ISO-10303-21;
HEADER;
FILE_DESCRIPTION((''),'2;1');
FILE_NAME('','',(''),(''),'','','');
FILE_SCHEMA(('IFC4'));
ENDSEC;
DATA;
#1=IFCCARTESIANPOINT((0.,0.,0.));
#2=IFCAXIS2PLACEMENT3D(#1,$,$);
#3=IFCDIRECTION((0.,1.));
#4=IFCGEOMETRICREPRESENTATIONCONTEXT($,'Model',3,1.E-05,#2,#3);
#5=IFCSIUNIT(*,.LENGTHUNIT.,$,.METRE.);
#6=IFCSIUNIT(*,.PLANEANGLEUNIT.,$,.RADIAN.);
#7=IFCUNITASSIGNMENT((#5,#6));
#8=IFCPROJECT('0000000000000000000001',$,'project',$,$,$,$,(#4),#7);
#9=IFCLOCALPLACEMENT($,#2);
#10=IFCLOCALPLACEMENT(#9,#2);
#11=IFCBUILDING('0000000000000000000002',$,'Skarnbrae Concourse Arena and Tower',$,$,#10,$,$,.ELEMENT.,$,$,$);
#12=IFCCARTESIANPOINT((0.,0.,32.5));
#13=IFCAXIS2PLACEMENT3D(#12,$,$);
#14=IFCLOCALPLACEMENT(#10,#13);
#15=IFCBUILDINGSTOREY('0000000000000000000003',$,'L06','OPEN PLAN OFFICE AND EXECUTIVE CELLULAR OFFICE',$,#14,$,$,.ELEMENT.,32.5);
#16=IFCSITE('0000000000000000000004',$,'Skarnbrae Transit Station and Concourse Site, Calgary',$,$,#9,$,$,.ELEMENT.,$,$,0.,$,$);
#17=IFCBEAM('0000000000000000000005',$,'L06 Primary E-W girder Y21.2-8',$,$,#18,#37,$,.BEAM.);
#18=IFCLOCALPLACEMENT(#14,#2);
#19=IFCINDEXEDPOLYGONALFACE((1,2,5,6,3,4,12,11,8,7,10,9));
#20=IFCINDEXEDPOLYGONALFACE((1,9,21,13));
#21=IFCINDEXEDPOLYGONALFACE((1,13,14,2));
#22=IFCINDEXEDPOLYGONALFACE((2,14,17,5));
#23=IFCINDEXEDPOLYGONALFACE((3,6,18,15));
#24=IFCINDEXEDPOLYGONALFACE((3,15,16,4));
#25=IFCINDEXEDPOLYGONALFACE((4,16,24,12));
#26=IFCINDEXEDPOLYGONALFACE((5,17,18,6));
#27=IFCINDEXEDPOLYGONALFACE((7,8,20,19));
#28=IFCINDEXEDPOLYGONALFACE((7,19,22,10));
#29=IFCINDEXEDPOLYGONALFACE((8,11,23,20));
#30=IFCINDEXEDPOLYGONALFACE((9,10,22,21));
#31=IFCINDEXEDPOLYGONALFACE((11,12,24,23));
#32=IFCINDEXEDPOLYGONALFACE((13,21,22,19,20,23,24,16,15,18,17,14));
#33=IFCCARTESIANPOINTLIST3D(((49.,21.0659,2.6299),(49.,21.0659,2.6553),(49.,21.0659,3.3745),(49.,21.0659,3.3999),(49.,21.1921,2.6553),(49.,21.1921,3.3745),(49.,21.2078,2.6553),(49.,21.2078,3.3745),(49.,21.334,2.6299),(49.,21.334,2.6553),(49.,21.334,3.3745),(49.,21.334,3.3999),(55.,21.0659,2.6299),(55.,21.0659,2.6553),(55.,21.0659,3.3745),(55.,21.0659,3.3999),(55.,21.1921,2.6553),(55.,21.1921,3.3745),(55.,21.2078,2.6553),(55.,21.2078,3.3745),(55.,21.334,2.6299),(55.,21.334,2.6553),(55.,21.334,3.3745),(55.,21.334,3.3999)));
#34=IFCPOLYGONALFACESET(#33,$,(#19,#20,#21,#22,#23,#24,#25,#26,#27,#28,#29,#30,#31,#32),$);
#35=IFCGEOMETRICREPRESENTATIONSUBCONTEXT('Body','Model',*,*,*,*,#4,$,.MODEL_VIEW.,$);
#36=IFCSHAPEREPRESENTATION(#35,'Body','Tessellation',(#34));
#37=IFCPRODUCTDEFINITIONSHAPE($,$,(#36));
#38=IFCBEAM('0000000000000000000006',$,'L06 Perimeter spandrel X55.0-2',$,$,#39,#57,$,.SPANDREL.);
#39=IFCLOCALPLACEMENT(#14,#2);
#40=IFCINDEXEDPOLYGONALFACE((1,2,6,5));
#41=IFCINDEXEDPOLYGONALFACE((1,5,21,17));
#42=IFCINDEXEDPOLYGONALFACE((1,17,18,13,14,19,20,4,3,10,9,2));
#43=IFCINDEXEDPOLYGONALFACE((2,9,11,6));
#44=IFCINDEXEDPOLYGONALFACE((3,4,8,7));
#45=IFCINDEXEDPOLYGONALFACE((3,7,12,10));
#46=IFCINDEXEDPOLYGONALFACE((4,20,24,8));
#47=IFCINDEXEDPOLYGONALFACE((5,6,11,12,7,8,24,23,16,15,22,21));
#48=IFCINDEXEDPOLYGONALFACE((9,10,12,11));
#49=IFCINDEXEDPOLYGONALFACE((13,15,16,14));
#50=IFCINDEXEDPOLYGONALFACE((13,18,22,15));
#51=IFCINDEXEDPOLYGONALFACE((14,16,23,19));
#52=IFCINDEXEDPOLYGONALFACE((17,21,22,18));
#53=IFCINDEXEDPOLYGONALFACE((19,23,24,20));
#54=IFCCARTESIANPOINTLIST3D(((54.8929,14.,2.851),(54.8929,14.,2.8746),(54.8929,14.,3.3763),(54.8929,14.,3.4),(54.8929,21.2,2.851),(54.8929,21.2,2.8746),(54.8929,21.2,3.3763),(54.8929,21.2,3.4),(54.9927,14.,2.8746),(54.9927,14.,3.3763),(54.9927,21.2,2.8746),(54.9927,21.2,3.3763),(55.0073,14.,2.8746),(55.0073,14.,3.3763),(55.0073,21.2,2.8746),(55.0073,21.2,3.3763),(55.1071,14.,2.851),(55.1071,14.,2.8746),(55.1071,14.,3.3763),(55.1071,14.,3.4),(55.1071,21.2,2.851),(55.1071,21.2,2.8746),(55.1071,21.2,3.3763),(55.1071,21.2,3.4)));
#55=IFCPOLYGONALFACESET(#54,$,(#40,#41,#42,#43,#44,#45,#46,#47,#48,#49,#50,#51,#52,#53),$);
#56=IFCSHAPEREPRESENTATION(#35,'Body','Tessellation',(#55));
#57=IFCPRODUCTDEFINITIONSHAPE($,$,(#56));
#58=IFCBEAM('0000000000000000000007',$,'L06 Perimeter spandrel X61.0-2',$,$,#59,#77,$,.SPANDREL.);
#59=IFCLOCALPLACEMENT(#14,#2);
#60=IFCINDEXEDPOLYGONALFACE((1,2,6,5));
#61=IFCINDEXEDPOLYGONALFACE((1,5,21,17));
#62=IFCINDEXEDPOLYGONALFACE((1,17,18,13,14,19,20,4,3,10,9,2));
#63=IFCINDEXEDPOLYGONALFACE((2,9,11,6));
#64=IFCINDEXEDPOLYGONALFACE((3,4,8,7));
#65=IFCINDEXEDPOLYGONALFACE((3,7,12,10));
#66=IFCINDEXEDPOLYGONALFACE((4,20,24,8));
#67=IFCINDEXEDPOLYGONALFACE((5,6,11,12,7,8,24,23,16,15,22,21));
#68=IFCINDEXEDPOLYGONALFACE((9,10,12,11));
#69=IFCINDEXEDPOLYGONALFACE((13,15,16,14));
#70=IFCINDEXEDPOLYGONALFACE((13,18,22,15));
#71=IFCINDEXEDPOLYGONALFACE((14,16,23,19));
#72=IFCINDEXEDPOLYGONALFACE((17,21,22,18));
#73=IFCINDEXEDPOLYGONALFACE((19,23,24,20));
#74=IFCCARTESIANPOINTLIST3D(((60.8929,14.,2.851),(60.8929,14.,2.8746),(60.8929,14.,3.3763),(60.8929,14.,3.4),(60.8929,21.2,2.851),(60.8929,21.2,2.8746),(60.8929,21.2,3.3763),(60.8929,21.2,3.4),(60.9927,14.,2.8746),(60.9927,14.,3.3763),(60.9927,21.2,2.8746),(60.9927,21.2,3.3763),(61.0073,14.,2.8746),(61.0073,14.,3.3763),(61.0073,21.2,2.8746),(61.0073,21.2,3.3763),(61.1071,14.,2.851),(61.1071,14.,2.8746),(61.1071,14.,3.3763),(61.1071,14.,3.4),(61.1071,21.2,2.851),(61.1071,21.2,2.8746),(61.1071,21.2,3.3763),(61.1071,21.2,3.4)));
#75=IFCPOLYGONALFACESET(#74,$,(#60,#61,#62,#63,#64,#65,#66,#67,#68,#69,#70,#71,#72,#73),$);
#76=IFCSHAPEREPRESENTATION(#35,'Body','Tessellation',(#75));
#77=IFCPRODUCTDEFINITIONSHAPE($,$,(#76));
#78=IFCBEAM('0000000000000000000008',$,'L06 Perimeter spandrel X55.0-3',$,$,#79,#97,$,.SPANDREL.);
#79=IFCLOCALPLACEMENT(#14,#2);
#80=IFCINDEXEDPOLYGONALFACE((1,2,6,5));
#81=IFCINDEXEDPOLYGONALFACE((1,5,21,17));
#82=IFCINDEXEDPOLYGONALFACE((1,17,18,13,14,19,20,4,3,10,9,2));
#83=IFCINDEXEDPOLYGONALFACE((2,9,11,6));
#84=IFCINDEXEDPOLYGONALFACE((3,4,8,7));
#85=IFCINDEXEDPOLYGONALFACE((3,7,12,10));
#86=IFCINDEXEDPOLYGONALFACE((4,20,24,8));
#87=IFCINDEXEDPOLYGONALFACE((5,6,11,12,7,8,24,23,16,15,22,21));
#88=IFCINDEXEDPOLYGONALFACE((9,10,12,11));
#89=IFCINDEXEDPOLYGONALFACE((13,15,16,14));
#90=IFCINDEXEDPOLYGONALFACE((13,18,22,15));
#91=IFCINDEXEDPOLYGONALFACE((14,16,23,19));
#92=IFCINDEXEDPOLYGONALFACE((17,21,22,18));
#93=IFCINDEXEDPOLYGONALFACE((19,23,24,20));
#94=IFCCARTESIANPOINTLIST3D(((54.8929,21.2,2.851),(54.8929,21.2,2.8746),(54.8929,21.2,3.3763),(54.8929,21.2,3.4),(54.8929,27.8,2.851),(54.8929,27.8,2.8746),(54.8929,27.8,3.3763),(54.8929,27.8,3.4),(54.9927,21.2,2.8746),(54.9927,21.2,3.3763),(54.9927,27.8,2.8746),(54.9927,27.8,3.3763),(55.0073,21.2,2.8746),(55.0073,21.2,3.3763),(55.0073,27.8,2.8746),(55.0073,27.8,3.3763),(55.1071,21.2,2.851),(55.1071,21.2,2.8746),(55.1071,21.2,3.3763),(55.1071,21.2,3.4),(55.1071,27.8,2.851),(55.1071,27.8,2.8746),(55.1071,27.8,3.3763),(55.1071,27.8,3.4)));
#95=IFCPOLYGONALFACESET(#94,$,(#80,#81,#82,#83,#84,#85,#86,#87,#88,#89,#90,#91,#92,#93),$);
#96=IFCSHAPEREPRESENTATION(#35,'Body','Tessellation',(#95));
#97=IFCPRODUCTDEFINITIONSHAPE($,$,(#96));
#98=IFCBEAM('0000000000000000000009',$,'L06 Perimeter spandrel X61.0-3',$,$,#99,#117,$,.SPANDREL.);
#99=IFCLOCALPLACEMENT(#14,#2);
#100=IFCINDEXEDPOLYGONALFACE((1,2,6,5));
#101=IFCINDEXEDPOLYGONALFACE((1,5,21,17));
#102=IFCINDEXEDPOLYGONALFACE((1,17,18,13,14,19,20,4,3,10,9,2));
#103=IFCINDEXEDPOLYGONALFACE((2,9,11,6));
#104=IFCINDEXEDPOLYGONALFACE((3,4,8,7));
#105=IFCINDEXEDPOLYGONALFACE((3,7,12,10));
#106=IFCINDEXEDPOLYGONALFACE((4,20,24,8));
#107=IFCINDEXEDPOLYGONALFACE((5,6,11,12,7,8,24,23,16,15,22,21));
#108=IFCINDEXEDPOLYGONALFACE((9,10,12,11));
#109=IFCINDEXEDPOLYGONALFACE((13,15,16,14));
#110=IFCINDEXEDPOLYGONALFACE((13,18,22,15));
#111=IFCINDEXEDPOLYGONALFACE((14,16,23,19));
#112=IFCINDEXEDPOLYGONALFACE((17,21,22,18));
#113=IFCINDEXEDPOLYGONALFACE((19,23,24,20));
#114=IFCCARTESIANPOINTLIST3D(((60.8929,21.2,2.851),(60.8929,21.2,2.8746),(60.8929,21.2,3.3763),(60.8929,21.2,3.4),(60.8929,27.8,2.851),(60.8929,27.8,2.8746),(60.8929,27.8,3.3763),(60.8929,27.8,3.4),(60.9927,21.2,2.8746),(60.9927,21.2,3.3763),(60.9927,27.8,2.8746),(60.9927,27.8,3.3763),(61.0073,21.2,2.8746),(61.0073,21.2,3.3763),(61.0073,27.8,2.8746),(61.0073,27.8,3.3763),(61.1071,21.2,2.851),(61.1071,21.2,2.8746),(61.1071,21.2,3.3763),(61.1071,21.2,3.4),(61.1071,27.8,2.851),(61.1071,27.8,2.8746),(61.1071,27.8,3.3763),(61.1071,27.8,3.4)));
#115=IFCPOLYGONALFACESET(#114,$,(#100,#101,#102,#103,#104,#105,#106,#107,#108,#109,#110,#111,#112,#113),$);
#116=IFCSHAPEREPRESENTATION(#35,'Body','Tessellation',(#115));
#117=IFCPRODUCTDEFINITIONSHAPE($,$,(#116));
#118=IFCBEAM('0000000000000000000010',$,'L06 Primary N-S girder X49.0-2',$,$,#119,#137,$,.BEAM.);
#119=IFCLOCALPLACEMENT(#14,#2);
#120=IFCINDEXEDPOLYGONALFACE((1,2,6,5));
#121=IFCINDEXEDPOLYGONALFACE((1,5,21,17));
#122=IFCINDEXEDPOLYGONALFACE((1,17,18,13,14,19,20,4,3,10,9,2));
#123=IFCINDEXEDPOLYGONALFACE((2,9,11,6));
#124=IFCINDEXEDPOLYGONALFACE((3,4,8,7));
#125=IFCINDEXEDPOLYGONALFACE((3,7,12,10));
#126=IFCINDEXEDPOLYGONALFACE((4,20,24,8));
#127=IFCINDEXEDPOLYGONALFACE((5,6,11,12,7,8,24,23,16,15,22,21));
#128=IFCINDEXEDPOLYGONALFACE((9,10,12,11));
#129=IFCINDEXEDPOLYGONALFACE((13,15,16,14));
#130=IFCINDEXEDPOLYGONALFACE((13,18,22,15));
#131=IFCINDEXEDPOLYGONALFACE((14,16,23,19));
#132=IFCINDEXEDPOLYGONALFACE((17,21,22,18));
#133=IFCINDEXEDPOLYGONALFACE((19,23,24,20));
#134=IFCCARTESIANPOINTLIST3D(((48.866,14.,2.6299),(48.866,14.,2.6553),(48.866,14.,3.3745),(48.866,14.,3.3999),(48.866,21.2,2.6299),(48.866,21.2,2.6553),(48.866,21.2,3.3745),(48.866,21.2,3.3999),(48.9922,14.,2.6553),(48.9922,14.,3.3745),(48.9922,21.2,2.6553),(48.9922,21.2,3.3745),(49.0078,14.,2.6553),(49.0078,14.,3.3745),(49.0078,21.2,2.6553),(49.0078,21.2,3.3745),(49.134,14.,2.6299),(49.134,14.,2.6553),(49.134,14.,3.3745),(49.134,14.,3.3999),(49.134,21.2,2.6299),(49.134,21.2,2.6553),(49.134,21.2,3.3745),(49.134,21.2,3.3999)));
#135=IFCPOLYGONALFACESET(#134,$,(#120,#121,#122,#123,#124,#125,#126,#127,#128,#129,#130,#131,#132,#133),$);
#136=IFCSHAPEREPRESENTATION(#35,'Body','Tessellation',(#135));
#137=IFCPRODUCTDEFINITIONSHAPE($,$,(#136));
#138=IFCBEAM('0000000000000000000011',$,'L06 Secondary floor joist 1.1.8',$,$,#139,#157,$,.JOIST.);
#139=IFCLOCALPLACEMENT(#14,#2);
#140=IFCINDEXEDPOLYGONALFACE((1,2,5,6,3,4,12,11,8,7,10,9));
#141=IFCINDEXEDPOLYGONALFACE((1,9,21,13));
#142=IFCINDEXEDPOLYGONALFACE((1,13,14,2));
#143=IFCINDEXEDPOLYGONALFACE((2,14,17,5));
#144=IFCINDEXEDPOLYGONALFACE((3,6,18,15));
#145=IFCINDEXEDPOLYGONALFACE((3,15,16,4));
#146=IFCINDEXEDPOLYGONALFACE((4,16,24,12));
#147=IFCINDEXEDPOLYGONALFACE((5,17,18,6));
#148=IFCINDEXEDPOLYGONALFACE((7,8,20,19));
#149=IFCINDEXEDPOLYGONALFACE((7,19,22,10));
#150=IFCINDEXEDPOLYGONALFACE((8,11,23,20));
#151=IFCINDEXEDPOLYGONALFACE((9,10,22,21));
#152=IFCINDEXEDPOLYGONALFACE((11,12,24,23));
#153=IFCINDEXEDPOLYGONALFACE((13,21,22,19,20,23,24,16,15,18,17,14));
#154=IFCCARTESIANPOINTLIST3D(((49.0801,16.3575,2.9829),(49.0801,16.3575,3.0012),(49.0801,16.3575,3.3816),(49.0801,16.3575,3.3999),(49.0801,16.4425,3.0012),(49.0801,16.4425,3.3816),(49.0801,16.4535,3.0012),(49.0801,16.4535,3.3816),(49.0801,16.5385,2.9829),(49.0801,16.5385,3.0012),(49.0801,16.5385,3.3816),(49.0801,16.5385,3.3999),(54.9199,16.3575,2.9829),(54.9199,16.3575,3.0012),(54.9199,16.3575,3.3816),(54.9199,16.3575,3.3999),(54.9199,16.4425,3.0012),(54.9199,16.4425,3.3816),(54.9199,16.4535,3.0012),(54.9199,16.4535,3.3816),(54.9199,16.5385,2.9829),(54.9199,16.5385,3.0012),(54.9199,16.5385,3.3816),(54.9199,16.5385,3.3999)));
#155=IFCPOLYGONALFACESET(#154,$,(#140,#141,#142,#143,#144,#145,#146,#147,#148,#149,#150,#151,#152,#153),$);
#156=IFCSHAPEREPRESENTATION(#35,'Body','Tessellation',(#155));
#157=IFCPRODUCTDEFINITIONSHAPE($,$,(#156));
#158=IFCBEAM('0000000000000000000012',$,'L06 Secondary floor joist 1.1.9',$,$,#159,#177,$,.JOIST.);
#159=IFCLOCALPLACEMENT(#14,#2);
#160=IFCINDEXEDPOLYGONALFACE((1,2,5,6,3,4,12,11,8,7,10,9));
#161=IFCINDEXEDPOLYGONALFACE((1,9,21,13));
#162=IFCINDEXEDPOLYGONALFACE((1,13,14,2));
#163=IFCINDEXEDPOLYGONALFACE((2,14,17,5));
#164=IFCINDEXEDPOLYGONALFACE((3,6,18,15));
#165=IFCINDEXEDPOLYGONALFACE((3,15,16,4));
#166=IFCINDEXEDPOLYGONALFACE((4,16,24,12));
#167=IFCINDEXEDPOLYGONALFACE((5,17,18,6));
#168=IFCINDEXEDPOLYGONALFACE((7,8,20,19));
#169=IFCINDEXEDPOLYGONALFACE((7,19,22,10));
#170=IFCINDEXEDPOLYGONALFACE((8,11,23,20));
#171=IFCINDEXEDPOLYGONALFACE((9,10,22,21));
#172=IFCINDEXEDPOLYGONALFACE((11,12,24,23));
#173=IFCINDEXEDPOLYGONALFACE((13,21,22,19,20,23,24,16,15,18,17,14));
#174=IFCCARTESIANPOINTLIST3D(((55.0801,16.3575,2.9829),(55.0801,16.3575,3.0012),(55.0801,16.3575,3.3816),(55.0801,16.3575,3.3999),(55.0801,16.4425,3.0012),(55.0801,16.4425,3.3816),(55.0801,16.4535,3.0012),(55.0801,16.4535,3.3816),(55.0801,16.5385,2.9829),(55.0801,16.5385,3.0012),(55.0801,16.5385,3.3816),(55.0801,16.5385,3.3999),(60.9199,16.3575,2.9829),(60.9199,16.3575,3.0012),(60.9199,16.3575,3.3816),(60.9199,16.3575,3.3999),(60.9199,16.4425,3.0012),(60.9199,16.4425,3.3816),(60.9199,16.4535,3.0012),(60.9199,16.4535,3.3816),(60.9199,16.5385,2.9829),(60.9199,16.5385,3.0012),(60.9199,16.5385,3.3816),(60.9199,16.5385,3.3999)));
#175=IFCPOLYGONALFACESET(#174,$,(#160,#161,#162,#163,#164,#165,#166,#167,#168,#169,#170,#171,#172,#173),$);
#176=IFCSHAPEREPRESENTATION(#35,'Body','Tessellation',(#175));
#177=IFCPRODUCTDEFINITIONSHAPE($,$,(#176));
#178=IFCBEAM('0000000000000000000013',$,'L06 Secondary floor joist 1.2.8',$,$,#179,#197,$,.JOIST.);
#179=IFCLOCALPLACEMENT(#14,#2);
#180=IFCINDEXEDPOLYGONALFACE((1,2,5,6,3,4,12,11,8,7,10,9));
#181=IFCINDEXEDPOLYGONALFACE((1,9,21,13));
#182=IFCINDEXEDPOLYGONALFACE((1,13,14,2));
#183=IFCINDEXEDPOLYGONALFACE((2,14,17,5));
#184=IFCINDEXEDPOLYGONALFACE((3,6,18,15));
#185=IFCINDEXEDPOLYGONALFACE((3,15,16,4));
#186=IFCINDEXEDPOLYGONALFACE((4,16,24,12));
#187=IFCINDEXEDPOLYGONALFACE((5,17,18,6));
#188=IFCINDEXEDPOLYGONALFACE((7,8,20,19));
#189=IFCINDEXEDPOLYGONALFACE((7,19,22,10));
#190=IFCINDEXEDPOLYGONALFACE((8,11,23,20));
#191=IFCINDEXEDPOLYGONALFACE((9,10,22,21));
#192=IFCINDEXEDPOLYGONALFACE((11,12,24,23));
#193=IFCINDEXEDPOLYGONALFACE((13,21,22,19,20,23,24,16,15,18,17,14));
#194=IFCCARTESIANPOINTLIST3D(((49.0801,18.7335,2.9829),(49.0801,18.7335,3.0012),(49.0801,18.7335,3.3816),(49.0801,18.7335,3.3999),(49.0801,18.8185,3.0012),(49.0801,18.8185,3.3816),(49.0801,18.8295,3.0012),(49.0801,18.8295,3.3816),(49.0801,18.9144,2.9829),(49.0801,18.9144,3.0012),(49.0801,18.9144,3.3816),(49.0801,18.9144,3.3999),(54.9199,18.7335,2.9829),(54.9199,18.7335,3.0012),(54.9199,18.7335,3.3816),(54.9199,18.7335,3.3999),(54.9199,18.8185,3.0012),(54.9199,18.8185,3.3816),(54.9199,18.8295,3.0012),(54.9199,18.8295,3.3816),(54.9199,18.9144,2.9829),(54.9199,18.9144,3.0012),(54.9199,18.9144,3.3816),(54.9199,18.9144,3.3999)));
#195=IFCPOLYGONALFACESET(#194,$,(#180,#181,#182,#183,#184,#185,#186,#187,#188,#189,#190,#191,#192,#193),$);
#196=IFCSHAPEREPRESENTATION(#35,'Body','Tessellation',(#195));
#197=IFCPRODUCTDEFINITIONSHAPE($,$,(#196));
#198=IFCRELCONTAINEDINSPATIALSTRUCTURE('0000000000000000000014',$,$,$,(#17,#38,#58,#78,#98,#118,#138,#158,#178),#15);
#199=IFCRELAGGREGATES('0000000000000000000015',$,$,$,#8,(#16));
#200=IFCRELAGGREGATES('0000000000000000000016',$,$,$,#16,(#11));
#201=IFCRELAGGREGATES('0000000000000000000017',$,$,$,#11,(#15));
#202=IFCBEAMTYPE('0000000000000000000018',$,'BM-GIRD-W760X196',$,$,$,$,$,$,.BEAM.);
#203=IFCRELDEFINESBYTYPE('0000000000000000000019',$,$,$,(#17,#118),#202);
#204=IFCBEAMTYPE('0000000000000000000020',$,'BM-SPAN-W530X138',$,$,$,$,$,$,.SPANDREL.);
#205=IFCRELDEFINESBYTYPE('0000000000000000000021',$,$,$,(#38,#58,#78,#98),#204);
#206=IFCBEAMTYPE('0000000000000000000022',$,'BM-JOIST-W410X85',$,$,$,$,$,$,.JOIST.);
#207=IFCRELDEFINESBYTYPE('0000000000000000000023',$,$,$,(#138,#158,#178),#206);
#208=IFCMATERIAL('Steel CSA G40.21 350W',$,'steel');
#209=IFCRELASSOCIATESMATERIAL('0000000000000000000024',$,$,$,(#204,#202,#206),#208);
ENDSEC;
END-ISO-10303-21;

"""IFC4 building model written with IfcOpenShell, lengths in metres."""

from ifc_helpers import new_model, si_unit, direction, frame, origin, origin_2d, place, context, subcontext, project, spatial, i_section, extrude, source, transform, mapped, material, material_profile, profile_set, type_object, element, save


model = new_model("IFC4")

# Units and contexts
model_context = context("Model", 3, precision=1e-05, world=origin(), true_north=direction((0.0, 1.0)))
body_context = subcontext(model_context, "Body", "Model", "MODEL_VIEW")
ifc_project = project(units=[si_unit("LENGTHUNIT", "METRE"), si_unit("PLANEANGLEUNIT", "RADIAN")], contexts=[model_context])

# Site, building, storey
site_placement = place(None, origin())
site = spatial("IfcSite", under=ifc_project, at=site_placement, Name="Skarnbrae Transit Station and Concourse Site, Calgary", CompositionType="ELEMENT", RefElevation=0.0)
building_placement = place(site_placement, origin())
building = spatial("IfcBuilding", under=site, at=building_placement, Name="Skarnbrae Concourse Arena and Tower", CompositionType="ELEMENT")
storey_placement = place(building_placement, frame((0.0, 0.0, 32.5)))
storey = spatial("IfcBuildingStorey", under=building, at=storey_placement, Name="L06", Description="OPEN PLAN OFFICE AND EXECUTIVE CELLULAR OFFICE", CompositionType="ELEMENT", Elevation=32.5)

# Shared definitions
ifc_material_1 = material(Name="Steel CSA G40.21 350W", Category="steel")

# Beams
ifc_material_profile_1 = material_profile(ifc_material_1, i_section(OverallWidth=0.2141, OverallDepth=0.5491, WebThickness=0.0146, FlangeThickness=0.0237, at=origin_2d()), Name="W530X138")
ifc_profile_set_1 = profile_set([ifc_material_profile_1], Name="Steel CSA G40.21 350W")
beam_type_1 = type_object("IfcBeamType", Name="BM-SPAN-W530X138", PredefinedType="SPANDREL", material=ifc_profile_set_1)
ifc_material_profile_2 = material_profile(ifc_material_1, i_section(OverallWidth=0.2681, OverallDepth=0.77, WebThickness=0.0156, FlangeThickness=0.0254, at=origin_2d()), Name="W760X196")
ifc_profile_set_2 = profile_set([ifc_material_profile_2], Name="Steel CSA G40.21 350W")
beam_type_2 = type_object("IfcBeamType", Name="BM-GIRD-W760X196", PredefinedType="BEAM", material=ifc_profile_set_2)
shared_shape_1 = source(origin(), body_context, "Body", "SweptSolid", [
    extrude(i_section(OverallWidth=0.2681, OverallDepth=0.77, WebThickness=0.0156, FlangeThickness=0.0254, at=origin_2d()), origin(), (0.0, 0.0, 1.0), 6.0),
])
beam_1_placement = place(storey_placement, frame((49.0, 21.2, 3.0149), z_axis=(1.0, 0.0, 0.0), x_axis=(0.0, 1.0, 0.0)))
element("IfcBeam", 1, at=beam_1_placement, inside=storey, type_object=beam_type_2, Name="L06 Primary E-W girder Y21.2-8", PredefinedType="BEAM", context=body_context, shape_type="MappedRepresentation", body=[
    mapped(shared_shape_1, transform((0.0, 0.0, 0.0))),
])
shared_shape_2 = source(origin(), body_context, "Body", "SweptSolid", [
    extrude(i_section(OverallWidth=0.2141, OverallDepth=0.5491, WebThickness=0.0146, FlangeThickness=0.0237, at=origin_2d()), origin(), (0.0, 0.0, 1.0), 7.2),
])
for number, where, z_axis, x_axis, name in (
    (2, (55.0, 14.0, 3.1255), (0.0, 1.0, 0.0), (-1.0, 0.0, 0.0), "L06 Perimeter spandrel X55.0-2"),
    (3, (61.0, 14.0, 3.1255), (0.0, 1.0, 0.0), (-1.0, 0.0, 0.0), "L06 Perimeter spandrel X61.0-2"),
):
    element("IfcBeam", number, at=place(storey_placement, frame(where, z_axis=z_axis, x_axis=x_axis)), inside=storey, type_object=beam_type_1, Name=name, PredefinedType="SPANDREL", context=body_context, shape_type="MappedRepresentation", body=[
        mapped(shared_shape_2, transform((0.0, 0.0, 0.0))),
    ])
shared_shape_3 = source(origin(), body_context, "Body", "SweptSolid", [
    extrude(i_section(OverallWidth=0.2141, OverallDepth=0.5491, WebThickness=0.0146, FlangeThickness=0.0237, at=origin_2d()), origin(), (0.0, 0.0, 1.0), 6.6001),
])
for number, where, z_axis, x_axis, name in (
    (4, (55.0, 21.2, 3.1255), (0.0, 1.0, 0.0), (-1.0, 0.0, 0.0), "L06 Perimeter spandrel X55.0-3"),
    (5, (61.0, 21.2, 3.1255), (0.0, 1.0, 0.0), (-1.0, 0.0, 0.0), "L06 Perimeter spandrel X61.0-3"),
):
    element("IfcBeam", number, at=place(storey_placement, frame(where, z_axis=z_axis, x_axis=x_axis)), inside=storey, type_object=beam_type_1, Name=name, PredefinedType="SPANDREL", context=body_context, shape_type="MappedRepresentation", body=[
        mapped(shared_shape_3, transform((0.0, 0.0, 0.0))),
    ])
shared_shape_4 = source(origin(), body_context, "Body", "SweptSolid", [
    extrude(i_section(OverallWidth=0.2681, OverallDepth=0.77, WebThickness=0.0156, FlangeThickness=0.0254, at=origin_2d()), origin(), (0.0, 0.0, 1.0), 7.2),
])
beam_2_placement = place(storey_placement, frame((49.0, 14.0, 3.0149), z_axis=(0.0, 1.0, 0.0), x_axis=(-1.0, 0.0, 0.0)))
element("IfcBeam", 6, at=beam_2_placement, inside=storey, type_object=beam_type_2, Name="L06 Primary N-S girder X49.0-2", PredefinedType="BEAM", context=body_context, shape_type="MappedRepresentation", body=[
    mapped(shared_shape_4, transform((0.0, 0.0, 0.0))),
])
ifc_material_profile_3 = material_profile(ifc_material_1, i_section(OverallWidth=0.1809, OverallDepth=0.417, WebThickness=0.011, FlangeThickness=0.0183, at=origin_2d()), Name="W410X85")
ifc_profile_set_3 = profile_set([ifc_material_profile_3], Name="Steel CSA G40.21 350W")
beam_type_3 = type_object("IfcBeamType", Name="BM-JOIST-W410X85", PredefinedType="JOIST", material=ifc_profile_set_3)
shared_shape_5 = source(origin(), body_context, "Body", "SweptSolid", [
    extrude(i_section(OverallWidth=0.1809, OverallDepth=0.417, WebThickness=0.011, FlangeThickness=0.0183, at=origin_2d()), origin(), (0.0, 0.0, 1.0), 5.8398),
])
for number, where, z_axis, x_axis, name in (
    (7, (49.0801, 16.448, 3.1914), (1.0, 0.0, 0.0), (0.0, 1.0, 0.0), "L06 Secondary floor joist 1.1.8"),
    (8, (55.0801, 16.448, 3.1914), (1.0, 0.0, 0.0), (0.0, 1.0, 0.0), "L06 Secondary floor joist 1.1.9"),
    (9, (49.0801, 18.824, 3.1914), (1.0, 0.0, 0.0), (0.0, 1.0, 0.0), "L06 Secondary floor joist 1.2.8"),
):
    element("IfcBeam", number, at=place(storey_placement, frame(where, z_axis=z_axis, x_axis=x_axis)), inside=storey, type_object=beam_type_3, Name=name, PredefinedType="JOIST", context=body_context, shape_type="MappedRepresentation", body=[
        mapped(shared_shape_5, transform((0.0, 0.0, 0.0))),
    ])

save(model, "model.ifc")
